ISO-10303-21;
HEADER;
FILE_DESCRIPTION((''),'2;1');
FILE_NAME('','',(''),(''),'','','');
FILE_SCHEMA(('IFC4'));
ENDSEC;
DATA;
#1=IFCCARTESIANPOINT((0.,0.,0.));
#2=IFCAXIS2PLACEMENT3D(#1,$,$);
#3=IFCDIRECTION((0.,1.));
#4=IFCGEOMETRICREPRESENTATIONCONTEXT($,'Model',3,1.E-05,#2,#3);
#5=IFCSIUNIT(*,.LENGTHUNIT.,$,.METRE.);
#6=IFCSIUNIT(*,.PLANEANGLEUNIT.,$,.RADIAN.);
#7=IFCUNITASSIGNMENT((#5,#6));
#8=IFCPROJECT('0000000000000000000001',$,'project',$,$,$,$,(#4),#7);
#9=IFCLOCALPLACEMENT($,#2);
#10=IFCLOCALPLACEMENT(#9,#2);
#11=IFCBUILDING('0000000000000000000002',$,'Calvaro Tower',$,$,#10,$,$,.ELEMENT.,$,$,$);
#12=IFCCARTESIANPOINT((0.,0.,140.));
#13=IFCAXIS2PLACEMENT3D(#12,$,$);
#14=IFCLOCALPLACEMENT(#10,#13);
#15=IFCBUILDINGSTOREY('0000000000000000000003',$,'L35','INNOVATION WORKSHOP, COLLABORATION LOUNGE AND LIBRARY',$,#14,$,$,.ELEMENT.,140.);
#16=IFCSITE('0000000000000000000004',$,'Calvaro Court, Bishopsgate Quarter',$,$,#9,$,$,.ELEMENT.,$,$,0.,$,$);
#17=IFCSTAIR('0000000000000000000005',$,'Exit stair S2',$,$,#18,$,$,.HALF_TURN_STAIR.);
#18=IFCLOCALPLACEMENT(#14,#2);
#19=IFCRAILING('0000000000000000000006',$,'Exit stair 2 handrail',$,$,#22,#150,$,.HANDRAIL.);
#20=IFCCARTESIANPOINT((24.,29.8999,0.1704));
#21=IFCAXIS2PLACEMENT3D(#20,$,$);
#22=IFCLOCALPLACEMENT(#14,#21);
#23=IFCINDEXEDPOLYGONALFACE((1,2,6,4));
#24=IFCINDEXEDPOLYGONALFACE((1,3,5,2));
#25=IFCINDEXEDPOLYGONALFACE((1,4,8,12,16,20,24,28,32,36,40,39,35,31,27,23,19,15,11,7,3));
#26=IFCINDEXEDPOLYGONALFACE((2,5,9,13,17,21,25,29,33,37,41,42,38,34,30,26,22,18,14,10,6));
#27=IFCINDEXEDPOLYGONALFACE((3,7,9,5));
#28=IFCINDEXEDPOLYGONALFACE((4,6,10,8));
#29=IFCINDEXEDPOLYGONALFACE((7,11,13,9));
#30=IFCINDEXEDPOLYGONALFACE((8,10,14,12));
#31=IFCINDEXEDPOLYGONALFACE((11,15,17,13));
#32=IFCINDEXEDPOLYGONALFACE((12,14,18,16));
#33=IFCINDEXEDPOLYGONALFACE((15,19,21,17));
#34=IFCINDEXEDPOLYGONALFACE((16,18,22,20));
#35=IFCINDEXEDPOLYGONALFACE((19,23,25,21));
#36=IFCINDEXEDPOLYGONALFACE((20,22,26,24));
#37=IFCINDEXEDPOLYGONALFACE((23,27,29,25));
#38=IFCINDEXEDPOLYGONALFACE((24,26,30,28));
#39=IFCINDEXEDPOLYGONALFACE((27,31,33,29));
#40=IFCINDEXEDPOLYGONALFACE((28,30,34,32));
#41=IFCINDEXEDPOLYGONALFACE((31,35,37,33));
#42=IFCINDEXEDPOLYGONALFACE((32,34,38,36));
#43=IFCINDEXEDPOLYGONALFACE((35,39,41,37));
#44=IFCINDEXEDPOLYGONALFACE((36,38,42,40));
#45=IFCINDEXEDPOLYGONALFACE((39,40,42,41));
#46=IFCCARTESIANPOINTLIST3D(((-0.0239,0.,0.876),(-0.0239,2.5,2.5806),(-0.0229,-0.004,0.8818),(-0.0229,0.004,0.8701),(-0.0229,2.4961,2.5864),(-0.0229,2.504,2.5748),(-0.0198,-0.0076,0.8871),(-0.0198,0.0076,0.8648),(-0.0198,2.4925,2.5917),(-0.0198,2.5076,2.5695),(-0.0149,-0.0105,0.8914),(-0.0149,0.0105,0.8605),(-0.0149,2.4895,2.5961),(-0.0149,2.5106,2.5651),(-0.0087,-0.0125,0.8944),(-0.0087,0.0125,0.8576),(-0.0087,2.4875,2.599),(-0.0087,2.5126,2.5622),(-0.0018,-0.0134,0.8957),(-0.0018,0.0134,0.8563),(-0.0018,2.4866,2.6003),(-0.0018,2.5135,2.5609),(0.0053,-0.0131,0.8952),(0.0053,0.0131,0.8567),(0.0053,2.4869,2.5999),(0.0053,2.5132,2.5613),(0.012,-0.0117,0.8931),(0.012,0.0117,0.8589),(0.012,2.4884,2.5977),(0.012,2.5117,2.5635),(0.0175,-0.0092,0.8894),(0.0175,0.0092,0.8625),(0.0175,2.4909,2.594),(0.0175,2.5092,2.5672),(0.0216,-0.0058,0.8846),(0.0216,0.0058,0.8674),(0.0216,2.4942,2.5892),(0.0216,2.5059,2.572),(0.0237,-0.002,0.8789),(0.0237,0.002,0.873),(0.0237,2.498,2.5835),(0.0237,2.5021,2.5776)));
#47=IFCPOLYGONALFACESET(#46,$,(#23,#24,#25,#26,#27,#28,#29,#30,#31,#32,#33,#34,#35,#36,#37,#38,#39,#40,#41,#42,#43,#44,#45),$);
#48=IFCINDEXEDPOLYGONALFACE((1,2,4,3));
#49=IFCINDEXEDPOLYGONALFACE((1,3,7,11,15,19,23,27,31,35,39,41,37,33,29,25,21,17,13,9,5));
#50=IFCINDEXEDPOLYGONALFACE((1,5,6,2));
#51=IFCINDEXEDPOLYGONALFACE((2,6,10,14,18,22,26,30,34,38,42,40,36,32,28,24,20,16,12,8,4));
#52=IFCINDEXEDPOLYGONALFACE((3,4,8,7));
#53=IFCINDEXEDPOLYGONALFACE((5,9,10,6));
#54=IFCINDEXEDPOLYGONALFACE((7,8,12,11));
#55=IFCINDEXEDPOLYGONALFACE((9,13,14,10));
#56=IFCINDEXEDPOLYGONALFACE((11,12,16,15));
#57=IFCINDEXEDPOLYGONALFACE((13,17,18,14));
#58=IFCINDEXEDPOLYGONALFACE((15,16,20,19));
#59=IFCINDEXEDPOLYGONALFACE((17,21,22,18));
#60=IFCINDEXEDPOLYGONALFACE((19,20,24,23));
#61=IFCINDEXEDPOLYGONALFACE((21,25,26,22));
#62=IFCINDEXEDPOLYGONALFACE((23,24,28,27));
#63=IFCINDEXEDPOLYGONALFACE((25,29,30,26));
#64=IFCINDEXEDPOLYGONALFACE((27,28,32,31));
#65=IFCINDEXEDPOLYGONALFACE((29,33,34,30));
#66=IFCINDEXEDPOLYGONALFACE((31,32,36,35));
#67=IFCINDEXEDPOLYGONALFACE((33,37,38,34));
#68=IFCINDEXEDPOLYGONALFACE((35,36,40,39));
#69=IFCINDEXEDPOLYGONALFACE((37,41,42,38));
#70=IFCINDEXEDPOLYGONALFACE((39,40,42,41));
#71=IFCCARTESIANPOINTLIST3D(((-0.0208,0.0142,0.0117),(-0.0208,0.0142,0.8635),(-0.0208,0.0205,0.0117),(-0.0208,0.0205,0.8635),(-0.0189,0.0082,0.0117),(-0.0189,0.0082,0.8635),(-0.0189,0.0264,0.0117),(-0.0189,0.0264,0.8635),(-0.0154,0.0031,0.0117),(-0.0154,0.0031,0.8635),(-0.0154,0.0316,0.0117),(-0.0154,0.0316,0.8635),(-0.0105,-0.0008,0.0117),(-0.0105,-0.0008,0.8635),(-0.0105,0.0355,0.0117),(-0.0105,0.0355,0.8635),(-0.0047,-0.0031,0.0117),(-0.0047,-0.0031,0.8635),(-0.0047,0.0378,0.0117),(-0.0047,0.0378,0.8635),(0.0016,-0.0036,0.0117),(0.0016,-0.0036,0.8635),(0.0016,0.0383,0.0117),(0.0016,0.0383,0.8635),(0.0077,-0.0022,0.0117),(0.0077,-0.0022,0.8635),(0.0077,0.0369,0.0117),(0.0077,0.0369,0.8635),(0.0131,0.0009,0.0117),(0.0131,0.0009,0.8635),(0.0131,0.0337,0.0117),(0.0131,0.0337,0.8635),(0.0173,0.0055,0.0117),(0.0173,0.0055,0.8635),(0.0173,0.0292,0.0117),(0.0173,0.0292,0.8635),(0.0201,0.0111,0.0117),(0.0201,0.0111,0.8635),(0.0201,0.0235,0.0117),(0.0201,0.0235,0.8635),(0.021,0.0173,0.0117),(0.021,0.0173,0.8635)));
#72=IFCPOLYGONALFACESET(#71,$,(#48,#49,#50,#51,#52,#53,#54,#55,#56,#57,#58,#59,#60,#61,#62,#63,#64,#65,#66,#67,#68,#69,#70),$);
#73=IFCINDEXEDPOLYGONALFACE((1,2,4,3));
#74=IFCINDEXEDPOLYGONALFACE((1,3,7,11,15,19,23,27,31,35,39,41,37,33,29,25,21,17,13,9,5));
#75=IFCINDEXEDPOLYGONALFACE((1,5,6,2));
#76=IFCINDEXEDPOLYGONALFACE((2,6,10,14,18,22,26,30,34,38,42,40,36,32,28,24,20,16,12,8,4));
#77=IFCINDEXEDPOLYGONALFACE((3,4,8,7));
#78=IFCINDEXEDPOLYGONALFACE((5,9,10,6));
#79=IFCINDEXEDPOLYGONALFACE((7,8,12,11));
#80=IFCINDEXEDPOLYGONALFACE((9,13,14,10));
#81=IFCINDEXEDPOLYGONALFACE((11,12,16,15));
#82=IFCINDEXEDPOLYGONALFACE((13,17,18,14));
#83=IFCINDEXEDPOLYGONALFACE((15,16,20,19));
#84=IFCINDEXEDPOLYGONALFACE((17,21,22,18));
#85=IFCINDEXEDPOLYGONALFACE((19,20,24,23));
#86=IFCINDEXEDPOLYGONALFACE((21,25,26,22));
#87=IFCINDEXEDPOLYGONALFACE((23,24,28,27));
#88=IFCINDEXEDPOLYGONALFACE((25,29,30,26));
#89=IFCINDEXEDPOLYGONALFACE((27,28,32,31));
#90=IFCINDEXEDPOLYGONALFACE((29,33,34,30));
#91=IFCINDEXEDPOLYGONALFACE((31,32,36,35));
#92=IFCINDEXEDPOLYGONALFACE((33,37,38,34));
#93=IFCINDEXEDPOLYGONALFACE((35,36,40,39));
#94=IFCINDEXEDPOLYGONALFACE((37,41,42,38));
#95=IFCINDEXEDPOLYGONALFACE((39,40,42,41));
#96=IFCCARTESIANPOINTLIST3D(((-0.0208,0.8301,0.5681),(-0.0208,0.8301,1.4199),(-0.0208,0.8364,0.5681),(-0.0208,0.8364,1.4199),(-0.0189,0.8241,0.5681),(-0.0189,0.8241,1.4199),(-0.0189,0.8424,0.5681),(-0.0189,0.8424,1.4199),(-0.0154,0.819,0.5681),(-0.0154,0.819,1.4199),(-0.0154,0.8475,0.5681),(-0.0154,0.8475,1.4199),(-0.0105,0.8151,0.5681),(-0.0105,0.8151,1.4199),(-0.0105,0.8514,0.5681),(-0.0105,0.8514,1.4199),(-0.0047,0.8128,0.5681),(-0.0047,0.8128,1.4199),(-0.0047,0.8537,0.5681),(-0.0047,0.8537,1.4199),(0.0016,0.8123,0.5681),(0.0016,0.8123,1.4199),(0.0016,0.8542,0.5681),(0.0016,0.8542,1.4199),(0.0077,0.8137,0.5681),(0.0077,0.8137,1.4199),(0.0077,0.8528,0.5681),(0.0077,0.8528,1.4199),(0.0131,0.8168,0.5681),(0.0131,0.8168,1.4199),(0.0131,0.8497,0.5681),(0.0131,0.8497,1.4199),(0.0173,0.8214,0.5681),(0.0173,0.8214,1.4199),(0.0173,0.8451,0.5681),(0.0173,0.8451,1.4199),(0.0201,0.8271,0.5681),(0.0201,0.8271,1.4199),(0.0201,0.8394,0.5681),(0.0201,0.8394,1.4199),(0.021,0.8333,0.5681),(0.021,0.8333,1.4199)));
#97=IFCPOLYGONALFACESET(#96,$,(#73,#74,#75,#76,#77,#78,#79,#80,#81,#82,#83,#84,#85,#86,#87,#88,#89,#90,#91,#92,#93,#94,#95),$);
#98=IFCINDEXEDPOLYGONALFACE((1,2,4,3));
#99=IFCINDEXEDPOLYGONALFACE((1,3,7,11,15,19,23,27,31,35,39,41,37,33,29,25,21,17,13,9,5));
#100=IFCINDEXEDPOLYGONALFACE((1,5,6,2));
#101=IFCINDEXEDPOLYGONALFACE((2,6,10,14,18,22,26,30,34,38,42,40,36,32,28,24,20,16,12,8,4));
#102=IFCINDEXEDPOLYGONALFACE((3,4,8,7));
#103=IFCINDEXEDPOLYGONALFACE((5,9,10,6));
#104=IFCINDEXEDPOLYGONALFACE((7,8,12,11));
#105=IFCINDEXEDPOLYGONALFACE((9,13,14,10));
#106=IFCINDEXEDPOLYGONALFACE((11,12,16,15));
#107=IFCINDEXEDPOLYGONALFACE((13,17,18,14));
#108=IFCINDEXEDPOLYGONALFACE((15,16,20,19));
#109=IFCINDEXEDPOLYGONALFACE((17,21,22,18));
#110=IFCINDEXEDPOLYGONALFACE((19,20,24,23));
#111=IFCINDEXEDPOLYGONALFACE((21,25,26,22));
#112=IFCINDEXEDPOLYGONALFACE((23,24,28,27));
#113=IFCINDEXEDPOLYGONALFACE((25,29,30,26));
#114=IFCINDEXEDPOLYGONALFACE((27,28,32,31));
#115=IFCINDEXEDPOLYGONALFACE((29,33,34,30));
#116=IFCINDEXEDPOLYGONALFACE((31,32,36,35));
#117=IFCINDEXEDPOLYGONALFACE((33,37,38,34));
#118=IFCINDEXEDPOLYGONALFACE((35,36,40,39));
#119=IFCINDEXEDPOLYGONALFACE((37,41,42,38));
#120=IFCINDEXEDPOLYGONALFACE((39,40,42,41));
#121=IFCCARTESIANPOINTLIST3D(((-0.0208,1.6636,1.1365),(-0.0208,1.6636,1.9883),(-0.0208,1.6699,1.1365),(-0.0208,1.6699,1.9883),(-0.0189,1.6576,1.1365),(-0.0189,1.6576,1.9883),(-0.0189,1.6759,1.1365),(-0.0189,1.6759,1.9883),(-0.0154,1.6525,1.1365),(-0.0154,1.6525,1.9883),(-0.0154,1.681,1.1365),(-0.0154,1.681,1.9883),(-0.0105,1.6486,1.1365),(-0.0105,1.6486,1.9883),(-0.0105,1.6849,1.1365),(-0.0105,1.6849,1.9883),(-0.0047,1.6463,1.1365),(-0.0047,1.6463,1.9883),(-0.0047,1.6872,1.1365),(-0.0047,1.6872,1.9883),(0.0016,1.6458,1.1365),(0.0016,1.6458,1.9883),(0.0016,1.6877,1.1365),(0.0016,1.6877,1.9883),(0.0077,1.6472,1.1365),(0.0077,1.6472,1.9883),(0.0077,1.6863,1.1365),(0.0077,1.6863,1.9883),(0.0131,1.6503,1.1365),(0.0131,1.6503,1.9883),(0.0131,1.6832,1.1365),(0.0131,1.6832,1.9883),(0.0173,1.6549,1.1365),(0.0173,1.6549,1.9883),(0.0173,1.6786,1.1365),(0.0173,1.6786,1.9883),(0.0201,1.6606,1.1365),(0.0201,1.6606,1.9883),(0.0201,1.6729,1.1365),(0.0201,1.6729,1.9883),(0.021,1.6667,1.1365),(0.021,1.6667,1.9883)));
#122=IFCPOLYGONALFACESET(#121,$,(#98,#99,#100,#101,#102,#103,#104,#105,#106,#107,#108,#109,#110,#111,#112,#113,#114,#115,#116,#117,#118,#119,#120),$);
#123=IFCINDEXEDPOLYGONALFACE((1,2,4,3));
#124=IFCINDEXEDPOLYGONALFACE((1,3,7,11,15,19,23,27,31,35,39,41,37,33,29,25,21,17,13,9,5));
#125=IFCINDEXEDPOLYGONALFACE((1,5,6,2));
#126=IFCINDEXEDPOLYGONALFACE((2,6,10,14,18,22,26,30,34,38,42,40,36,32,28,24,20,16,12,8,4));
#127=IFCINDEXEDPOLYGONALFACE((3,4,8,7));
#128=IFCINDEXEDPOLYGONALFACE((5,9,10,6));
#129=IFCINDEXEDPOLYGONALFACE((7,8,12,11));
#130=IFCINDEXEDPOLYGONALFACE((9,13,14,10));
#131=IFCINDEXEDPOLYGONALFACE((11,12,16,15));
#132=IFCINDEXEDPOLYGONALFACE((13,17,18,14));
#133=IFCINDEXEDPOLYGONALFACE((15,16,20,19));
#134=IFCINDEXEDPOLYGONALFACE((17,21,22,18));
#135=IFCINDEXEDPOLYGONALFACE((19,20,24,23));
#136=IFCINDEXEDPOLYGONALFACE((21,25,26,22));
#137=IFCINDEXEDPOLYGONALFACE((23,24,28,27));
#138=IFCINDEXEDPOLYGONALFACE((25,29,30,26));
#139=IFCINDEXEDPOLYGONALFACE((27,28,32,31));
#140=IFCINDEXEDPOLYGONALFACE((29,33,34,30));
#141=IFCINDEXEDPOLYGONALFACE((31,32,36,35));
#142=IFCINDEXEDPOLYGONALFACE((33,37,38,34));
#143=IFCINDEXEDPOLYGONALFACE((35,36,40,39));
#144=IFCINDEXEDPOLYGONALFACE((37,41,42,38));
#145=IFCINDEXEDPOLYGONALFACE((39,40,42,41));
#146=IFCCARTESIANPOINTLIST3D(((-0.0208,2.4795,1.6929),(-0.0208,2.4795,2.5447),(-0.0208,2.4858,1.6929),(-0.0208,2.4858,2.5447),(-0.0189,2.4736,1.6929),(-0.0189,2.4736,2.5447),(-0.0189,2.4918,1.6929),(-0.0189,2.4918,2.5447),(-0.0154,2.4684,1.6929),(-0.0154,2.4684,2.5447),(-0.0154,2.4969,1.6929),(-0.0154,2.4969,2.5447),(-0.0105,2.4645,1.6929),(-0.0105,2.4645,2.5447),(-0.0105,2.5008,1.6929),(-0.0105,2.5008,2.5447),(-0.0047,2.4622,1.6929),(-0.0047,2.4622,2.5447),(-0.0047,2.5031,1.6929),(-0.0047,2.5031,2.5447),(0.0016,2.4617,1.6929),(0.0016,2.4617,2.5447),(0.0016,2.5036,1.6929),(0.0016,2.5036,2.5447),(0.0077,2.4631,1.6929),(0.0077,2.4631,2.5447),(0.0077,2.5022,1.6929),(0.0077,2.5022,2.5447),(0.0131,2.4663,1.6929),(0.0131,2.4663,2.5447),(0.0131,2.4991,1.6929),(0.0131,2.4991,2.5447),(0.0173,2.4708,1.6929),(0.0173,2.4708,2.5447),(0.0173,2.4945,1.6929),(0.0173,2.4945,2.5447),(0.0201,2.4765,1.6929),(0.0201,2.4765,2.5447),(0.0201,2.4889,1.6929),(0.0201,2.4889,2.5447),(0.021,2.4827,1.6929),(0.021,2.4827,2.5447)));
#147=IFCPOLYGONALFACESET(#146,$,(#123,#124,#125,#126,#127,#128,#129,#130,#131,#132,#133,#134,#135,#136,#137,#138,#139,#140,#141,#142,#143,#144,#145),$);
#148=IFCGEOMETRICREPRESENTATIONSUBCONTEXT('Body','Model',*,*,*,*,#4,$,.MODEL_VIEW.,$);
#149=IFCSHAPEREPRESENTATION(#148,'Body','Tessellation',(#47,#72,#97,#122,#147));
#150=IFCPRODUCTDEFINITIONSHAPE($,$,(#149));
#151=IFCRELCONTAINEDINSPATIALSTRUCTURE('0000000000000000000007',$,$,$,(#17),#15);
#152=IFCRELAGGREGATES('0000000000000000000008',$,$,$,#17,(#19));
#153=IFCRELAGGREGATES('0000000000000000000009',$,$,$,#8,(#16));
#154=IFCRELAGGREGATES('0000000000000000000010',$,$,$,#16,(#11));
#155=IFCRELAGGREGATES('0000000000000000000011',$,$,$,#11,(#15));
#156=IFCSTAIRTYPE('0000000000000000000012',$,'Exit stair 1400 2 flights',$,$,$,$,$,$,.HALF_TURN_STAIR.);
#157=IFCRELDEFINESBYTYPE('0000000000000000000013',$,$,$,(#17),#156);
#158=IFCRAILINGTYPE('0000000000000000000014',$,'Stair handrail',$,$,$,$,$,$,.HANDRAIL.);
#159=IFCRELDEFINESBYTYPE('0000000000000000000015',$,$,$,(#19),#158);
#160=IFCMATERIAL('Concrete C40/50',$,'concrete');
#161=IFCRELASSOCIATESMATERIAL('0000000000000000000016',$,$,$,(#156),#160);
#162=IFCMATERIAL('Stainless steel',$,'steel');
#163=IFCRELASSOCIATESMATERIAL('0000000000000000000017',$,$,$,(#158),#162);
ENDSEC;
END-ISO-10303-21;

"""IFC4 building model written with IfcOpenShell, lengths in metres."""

from ifc_helpers import new_model, si_unit, direction, frame, origin, origin_2d, place, context, subcontext, project, spatial, circle, extrude, material, type_object, element, aggregate, save


model = new_model("IFC4")

# Units and contexts
model_context = context("Model", 3, precision=1e-05, world=origin(), true_north=direction((0.0, 1.0)))
body_context = subcontext(model_context, "Body", "Model", "MODEL_VIEW")
ifc_project = project(units=[si_unit("LENGTHUNIT", "METRE"), si_unit("PLANEANGLEUNIT", "RADIAN")], contexts=[model_context])

# Site, building, storey
site_placement = place(None, origin())
site = spatial("IfcSite", under=ifc_project, at=site_placement, Name="Calvaro Court, Bishopsgate Quarter", CompositionType="ELEMENT", RefElevation=0.0)
building_placement = place(site_placement, origin())
building = spatial("IfcBuilding", under=site, at=building_placement, Name="Calvaro Tower", CompositionType="ELEMENT")
storey_placement = place(building_placement, frame((0.0, 0.0, 140.0)))
storey = spatial("IfcBuildingStorey", under=building, at=storey_placement, Name="L35", Description="INNOVATION WORKSHOP, COLLABORATION LOUNGE AND LIBRARY", CompositionType="ELEMENT", Elevation=140.0)

# Stair
ifc_material_1 = material(Name="Concrete C40/50", Category="concrete")
stair_type = type_object("IfcStairType", Name="Exit stair 1400 2 flights", PredefinedType="HALF_TURN_STAIR", material=ifc_material_1)
stair_1_placement = place(storey_placement, origin())
stair_1 = element("IfcStair", 1, at=stair_1_placement, inside=storey, type_object=stair_type, Name="Exit stair S2", PredefinedType="HALF_TURN_STAIR")

# Shared definitions
ifc_material_2 = material(Name="Stainless steel", Category="steel")
railing_type = type_object("IfcRailingType", Name="Stair handrail", PredefinedType="HANDRAIL", material=ifc_material_2)

# Railing
railing_1_placement = place(storey_placement, frame((24.0, 29.8999, 0.1704)))
railing_1 = element("IfcRailing", 2, at=railing_1_placement, type_object=railing_type, Name="Exit stair 2 handrail", PredefinedType="HANDRAIL", context=body_context, shape_type="SweptSolid", body=[
    extrude(circle(Radius=0.0239, at=origin_2d()), frame((0.0, 0.0, 0.876), z_axis=(0.0, 0.826221, 0.563347), x_axis=(-1.0, 0.0, 0.0)), (0.0, 0.0, 1.0), 3.0259),
    extrude(circle(Radius=0.021, at=origin_2d()), frame((0.0, 0.0173, 0.0117)), (0.0, 0.0, 1.0), 0.8518),
    extrude(circle(Radius=0.021, at=origin_2d()), frame((0.0, 0.8333, 0.5681)), (0.0, 0.0, 1.0), 0.8518),
    extrude(circle(Radius=0.021, at=origin_2d()), frame((0.0, 1.6667, 1.1365)), (0.0, 0.0, 1.0), 0.8518),
    extrude(circle(Radius=0.021, at=origin_2d()), frame((0.0, 2.4827, 1.6929)), (0.0, 0.0, 1.0), 0.8518),
])
aggregate(stair_1, [railing_1])

save(model, "model.ifc")
